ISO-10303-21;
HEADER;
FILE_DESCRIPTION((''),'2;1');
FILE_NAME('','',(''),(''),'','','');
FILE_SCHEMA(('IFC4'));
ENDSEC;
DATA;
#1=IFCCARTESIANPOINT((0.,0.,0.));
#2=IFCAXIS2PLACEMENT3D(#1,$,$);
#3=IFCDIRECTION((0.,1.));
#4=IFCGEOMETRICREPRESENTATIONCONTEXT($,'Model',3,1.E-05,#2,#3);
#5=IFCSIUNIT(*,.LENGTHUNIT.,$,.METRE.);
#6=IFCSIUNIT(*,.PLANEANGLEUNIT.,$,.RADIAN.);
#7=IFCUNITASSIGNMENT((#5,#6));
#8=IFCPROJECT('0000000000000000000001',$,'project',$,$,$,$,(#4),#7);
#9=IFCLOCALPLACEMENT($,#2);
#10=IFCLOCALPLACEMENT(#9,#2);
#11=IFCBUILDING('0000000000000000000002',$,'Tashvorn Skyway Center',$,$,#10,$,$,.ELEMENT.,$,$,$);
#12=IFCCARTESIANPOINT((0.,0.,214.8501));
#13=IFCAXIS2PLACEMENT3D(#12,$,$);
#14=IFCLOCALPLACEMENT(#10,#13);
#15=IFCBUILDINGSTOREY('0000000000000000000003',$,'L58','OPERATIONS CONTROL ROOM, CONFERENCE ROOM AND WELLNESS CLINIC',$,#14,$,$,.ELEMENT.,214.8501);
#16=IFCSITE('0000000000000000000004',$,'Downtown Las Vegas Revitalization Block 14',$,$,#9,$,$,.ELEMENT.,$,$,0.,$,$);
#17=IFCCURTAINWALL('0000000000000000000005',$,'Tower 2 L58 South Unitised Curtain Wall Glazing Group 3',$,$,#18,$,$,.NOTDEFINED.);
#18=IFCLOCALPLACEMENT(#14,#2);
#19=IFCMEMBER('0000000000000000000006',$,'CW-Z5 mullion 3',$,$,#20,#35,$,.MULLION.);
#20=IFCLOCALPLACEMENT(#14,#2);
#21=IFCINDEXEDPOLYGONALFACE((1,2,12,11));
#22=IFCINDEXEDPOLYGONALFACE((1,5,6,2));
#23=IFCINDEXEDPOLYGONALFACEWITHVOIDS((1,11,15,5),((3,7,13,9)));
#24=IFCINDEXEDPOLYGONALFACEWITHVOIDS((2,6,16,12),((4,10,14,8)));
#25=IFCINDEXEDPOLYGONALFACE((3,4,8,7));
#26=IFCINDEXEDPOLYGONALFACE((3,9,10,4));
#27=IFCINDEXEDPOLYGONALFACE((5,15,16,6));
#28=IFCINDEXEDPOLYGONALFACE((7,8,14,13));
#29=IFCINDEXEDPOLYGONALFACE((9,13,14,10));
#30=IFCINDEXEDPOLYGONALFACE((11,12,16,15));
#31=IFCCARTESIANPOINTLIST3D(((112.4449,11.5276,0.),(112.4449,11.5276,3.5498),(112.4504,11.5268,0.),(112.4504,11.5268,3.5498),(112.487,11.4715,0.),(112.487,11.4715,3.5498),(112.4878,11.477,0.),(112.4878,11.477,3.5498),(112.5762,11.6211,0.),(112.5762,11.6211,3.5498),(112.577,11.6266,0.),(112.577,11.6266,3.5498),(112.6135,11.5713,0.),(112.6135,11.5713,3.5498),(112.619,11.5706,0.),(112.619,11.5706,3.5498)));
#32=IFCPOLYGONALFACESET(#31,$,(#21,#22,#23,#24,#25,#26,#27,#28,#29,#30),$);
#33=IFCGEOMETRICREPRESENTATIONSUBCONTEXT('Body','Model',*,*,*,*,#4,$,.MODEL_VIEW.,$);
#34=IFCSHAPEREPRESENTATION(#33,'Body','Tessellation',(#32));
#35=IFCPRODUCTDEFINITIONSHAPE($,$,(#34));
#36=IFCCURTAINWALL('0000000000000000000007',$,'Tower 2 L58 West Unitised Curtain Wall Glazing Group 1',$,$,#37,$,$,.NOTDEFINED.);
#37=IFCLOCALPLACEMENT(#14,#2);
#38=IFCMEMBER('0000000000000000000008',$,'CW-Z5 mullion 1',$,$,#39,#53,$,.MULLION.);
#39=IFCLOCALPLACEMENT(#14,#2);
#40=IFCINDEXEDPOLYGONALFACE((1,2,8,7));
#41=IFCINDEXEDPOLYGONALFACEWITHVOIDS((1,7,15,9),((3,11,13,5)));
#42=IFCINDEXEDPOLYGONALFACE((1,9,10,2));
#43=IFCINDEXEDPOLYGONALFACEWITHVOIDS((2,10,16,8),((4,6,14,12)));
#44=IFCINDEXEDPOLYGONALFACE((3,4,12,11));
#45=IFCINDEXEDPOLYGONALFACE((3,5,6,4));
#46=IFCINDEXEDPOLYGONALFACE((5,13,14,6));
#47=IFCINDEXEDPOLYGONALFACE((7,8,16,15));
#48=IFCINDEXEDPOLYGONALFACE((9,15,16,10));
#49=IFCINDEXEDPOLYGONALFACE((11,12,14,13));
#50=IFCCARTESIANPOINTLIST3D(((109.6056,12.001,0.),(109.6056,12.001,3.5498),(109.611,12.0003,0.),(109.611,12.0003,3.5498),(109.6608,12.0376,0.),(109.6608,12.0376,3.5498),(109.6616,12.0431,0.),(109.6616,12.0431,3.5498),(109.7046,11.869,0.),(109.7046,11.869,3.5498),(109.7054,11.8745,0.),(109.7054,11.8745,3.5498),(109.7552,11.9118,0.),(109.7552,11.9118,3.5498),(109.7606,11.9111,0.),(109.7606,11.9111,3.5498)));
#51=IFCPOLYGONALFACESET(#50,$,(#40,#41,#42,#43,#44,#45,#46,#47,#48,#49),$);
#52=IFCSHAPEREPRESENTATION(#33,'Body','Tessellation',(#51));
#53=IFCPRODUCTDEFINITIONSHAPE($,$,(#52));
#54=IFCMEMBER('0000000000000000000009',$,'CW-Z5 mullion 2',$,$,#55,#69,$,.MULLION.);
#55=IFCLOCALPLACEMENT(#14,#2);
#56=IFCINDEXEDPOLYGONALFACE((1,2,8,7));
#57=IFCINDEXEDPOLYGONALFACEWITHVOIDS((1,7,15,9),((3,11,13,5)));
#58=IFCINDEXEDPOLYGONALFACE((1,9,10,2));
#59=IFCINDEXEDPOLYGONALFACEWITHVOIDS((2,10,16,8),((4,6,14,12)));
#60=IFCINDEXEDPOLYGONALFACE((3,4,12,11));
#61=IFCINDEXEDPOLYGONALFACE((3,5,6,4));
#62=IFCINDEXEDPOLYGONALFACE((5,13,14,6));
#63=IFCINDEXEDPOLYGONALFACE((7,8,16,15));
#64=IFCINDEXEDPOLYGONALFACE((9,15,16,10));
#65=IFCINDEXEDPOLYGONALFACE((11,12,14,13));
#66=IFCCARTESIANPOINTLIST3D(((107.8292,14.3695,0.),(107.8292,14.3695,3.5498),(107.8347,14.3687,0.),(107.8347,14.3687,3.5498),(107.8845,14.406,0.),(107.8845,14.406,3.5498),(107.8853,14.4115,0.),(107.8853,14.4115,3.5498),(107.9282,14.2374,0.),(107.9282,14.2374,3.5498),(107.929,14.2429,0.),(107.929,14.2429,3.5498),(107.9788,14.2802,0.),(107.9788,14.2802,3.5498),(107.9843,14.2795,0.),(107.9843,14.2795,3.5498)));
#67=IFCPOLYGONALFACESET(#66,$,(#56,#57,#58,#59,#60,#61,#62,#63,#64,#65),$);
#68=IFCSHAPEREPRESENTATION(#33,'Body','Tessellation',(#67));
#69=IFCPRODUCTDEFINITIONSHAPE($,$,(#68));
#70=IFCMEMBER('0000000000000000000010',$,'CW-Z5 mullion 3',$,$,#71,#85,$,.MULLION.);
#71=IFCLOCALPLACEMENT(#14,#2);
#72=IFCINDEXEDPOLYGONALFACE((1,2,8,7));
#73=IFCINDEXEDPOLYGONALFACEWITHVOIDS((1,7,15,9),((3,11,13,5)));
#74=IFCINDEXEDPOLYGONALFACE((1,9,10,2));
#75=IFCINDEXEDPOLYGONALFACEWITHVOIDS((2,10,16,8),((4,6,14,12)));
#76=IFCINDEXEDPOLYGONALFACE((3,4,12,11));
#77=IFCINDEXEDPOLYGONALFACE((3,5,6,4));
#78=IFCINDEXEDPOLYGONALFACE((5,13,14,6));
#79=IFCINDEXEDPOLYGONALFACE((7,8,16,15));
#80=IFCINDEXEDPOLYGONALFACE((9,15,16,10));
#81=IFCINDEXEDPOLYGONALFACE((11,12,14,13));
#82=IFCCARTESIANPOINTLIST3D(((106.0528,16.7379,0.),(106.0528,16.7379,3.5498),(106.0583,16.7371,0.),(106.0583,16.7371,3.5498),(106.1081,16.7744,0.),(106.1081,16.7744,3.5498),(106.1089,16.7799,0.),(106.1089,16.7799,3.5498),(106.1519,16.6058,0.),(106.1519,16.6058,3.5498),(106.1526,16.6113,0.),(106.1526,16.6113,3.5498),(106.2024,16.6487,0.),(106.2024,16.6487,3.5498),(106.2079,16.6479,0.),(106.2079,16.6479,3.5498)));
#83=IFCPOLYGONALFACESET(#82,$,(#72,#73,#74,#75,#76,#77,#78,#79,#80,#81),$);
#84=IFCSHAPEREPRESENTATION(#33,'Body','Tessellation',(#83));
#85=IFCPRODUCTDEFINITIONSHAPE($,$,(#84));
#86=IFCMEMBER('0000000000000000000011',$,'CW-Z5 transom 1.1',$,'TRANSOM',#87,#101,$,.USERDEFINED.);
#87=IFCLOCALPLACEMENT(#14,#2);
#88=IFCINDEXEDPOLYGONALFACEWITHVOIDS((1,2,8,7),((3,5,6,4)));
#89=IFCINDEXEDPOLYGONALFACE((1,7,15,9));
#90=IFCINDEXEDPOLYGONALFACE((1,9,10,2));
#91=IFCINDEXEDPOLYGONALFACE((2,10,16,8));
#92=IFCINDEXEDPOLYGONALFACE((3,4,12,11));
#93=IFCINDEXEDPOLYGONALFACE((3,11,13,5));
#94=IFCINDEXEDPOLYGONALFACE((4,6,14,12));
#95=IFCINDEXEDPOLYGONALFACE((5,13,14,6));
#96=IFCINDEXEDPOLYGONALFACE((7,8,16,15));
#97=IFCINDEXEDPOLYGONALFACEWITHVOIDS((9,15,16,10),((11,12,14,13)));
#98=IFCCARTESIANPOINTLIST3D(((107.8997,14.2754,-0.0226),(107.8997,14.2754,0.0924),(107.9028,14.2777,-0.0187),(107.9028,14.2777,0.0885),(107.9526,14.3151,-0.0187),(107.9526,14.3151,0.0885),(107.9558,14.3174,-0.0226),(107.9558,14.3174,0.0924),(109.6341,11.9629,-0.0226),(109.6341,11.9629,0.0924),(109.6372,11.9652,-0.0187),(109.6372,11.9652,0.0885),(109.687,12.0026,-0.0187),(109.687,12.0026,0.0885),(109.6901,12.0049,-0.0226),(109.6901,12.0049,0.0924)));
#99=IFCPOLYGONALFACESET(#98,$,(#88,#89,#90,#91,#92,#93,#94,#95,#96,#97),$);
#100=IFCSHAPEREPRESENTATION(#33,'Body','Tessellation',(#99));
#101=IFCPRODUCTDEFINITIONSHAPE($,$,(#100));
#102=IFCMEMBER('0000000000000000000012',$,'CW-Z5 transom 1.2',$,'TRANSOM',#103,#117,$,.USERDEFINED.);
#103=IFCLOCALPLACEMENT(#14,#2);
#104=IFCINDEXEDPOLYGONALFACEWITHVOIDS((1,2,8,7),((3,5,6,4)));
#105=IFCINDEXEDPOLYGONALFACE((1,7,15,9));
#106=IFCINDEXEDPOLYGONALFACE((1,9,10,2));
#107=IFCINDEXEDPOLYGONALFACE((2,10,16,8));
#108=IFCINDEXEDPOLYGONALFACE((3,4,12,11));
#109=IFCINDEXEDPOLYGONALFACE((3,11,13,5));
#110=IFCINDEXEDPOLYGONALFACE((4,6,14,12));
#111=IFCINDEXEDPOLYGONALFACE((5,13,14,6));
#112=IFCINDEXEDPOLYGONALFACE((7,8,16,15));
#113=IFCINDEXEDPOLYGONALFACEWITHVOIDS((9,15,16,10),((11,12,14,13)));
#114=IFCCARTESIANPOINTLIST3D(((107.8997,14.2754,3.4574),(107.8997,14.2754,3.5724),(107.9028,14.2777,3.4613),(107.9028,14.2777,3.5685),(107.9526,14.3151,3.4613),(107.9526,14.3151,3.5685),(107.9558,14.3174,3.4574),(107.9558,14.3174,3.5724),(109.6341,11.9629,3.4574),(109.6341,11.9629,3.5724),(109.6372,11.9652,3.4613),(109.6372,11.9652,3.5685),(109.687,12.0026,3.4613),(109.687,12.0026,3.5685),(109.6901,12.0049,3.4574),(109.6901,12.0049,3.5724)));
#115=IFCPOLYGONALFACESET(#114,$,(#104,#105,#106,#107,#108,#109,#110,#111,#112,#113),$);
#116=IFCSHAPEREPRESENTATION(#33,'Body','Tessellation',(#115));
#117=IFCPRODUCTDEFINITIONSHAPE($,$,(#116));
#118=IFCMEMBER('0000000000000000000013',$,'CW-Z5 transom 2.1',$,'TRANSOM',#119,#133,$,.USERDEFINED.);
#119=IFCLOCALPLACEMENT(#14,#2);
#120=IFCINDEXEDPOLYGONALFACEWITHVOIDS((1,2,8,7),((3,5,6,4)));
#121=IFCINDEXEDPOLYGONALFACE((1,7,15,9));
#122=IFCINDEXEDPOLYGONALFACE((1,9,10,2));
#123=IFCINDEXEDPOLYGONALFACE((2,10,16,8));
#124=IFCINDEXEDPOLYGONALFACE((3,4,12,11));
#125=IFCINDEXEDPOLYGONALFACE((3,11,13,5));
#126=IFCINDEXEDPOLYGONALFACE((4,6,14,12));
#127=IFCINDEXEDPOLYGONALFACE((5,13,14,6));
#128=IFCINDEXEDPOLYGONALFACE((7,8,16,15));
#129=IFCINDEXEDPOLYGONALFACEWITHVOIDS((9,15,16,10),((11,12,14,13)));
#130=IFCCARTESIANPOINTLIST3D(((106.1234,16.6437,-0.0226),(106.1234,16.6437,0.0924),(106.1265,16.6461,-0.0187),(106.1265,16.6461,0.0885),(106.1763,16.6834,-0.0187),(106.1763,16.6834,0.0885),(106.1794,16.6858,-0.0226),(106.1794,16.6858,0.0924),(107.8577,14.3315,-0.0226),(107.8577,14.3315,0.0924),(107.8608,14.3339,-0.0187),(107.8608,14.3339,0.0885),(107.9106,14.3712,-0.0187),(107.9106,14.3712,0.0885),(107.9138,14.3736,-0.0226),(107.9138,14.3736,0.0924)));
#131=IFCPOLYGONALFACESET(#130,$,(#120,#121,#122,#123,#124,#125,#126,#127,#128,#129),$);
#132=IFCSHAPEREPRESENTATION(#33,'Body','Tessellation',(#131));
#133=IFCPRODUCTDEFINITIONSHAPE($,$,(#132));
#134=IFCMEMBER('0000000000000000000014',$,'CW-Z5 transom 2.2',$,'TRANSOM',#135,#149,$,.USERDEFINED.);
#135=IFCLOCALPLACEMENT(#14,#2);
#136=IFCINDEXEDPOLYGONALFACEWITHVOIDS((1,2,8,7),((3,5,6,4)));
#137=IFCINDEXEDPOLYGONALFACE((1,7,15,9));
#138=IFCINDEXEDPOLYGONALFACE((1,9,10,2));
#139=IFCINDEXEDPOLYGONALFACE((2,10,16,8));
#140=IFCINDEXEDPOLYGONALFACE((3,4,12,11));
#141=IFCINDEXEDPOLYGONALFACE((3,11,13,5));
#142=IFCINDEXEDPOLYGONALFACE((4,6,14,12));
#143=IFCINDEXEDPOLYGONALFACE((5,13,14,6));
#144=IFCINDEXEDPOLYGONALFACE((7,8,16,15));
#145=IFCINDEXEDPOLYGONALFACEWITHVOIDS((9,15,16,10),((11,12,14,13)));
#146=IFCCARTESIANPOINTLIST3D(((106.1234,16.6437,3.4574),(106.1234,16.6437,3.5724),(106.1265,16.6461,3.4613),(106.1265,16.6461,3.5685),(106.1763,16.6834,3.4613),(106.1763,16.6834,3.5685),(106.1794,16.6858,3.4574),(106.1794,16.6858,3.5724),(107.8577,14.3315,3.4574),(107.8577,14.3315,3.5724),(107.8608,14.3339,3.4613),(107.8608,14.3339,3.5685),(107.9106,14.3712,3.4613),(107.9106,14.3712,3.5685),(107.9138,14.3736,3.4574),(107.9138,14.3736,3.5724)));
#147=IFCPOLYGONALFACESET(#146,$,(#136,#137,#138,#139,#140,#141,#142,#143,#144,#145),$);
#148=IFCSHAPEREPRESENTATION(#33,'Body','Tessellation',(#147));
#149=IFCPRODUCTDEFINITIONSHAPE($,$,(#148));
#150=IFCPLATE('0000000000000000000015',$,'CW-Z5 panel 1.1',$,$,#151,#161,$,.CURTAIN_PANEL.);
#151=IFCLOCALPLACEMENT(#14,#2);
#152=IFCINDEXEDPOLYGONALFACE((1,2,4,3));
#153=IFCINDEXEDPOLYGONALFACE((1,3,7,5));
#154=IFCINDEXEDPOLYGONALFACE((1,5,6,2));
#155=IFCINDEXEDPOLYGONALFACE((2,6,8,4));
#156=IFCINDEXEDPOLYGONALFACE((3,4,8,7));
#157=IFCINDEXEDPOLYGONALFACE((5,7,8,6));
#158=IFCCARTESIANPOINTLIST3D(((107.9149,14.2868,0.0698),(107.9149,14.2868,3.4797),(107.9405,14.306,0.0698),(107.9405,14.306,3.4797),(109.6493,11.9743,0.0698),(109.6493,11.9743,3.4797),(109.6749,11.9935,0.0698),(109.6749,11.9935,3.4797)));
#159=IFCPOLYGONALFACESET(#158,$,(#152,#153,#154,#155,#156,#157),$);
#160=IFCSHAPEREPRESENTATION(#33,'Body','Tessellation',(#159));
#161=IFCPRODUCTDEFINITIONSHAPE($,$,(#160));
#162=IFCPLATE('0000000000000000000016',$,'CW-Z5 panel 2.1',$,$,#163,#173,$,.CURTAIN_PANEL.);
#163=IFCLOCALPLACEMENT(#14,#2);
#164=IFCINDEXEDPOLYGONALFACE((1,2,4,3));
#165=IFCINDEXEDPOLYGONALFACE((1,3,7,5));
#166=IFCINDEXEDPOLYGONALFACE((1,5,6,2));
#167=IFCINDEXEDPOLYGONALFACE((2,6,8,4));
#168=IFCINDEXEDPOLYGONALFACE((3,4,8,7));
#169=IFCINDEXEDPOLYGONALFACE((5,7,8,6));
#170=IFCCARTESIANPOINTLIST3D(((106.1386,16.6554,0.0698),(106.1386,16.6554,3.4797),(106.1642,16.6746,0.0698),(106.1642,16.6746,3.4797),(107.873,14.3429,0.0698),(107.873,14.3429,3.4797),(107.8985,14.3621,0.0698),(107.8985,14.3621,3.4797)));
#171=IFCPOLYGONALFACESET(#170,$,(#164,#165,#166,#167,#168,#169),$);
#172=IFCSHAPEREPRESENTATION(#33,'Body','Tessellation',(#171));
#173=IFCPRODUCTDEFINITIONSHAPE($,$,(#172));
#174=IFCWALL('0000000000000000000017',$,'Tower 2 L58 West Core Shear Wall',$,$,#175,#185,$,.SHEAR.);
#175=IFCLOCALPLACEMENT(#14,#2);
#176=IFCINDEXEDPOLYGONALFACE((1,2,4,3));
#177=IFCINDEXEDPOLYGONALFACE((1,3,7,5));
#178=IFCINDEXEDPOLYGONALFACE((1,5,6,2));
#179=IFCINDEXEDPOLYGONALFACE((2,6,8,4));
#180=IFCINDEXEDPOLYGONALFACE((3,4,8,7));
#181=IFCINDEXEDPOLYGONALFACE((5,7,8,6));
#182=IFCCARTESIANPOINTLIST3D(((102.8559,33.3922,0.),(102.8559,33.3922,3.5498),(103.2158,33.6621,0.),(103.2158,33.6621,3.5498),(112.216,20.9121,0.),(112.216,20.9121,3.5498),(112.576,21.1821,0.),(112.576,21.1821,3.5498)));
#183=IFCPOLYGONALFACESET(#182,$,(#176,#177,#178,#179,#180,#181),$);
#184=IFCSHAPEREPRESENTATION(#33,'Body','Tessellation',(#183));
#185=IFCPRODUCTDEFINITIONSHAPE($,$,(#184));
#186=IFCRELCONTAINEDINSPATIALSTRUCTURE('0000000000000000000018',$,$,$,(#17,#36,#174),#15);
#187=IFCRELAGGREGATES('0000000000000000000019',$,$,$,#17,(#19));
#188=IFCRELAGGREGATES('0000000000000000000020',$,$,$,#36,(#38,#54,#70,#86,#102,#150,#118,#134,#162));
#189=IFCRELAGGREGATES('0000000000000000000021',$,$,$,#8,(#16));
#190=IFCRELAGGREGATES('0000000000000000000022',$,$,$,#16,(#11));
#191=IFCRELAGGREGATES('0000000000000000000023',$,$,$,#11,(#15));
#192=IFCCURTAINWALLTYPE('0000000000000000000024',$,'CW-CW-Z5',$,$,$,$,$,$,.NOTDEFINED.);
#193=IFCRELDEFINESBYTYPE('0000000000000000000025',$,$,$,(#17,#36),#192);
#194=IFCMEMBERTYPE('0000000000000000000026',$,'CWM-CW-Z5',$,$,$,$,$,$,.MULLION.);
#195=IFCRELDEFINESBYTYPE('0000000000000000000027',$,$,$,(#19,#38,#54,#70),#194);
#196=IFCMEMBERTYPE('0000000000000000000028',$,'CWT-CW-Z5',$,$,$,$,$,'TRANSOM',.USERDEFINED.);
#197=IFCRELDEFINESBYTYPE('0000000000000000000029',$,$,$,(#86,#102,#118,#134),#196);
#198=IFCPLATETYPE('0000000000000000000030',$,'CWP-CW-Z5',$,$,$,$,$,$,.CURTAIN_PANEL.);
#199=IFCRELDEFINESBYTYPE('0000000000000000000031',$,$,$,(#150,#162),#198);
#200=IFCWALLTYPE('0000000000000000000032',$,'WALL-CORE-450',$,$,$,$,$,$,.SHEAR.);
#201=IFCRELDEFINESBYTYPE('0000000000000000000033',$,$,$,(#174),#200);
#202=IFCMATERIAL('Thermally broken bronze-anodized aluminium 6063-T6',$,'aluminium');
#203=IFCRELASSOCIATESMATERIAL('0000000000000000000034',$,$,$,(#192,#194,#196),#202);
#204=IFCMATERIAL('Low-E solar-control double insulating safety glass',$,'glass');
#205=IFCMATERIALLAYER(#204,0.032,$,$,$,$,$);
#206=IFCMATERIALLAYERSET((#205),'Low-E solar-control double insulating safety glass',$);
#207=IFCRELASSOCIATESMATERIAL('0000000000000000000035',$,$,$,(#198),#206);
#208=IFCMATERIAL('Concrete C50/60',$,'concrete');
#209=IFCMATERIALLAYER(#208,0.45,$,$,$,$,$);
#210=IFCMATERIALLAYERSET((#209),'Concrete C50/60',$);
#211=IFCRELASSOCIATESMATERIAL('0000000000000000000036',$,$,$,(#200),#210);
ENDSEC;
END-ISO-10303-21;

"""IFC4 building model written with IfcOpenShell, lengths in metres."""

from ifc_helpers import new_model, si_unit, direction, frame, frame_2d, origin, origin_2d, place, context, subcontext, project, spatial, rectangle, hollow_rectangle, extrude, material, layer, layer_set, material_profile, profile_set, type_object, element, aggregate, save


model = new_model("IFC4")

# Units and contexts
model_context = context("Model", 3, precision=1e-05, world=origin(), true_north=direction((0.0, 1.0)))
body_context = subcontext(model_context, "Body", "Model", "MODEL_VIEW")
ifc_project = project(units=[si_unit("LENGTHUNIT", "METRE"), si_unit("PLANEANGLEUNIT", "RADIAN")], contexts=[model_context])

# Site, building, storey
site_placement = place(None, origin())
site = spatial("IfcSite", under=ifc_project, at=site_placement, Name="Downtown Las Vegas Revitalization Block 14", CompositionType="ELEMENT", RefElevation=0.0)
building_placement = place(site_placement, origin())
building = spatial("IfcBuilding", under=site, at=building_placement, Name="Tashvorn Skyway Center", CompositionType="ELEMENT")
storey_placement = place(building_placement, frame((0.0, 0.0, 214.8501)))
storey = spatial("IfcBuildingStorey", under=building, at=storey_placement, Name="L58", Description="OPERATIONS CONTROL ROOM, CONFERENCE ROOM AND WELLNESS CLINIC", CompositionType="ELEMENT", Elevation=214.8501)

# Shared definitions
ifc_material_1 = material(Name="Concrete C50/60", Category="concrete")

# Curtain wall, member
ifc_material_2 = material(Name="Thermally broken bronze-anodized aluminium 6063-T6", Category="aluminium")
curtain_wall_type = type_object("IfcCurtainWallType", Name="CW-CW-Z5", PredefinedType="NOTDEFINED", material=ifc_material_2)
curtain_wall_1_placement = place(storey_placement, origin())
curtain_wall_1 = element("IfcCurtainWall", 1, at=curtain_wall_1_placement, inside=storey, type_object=curtain_wall_type, Name="Tower 2 L58 South Unitised Curtain Wall Glazing Group 3", PredefinedType="NOTDEFINED")
ifc_material_profile_1 = material_profile(ifc_material_2, hollow_rectangle(XDim=0.0701, YDim=0.165, WallThickness=0.0039, at=origin_2d()), Name="ALU-MULL-70x165")
ifc_profile_set_1 = profile_set([ifc_material_profile_1], Name="Thermally broken bronze-anodized aluminium 6063-T6")
member_type_1 = type_object("IfcMemberType", Name="CWM-CW-Z5", PredefinedType="MULLION", material=ifc_profile_set_1)
member_1_placement = place(storey_placement, frame((112.532, 11.5491, 0.0), z_axis=(0.0, 0.0, 1.0), x_axis=(0.600003, -0.799998, 0.0)))
member_1 = element("IfcMember", 2, at=member_1_placement, type_object=member_type_1, Name="CW-Z5 mullion 3", PredefinedType="MULLION", context=body_context, shape_type="SweptSolid", body=[
    extrude(hollow_rectangle(XDim=0.0701, YDim=0.165, WallThickness=0.0039, at=origin_2d()), origin(), (0.0, 0.0, 1.0), 3.5498),
])
aggregate(curtain_wall_1, [member_1])

# Curtain wall, members, plates
curtain_wall_2_placement = place(storey_placement, origin())
curtain_wall_2 = element("IfcCurtainWall", 3, at=curtain_wall_2_placement, inside=storey, type_object=curtain_wall_type, Name="Tower 2 L58 West Unitised Curtain Wall Glazing Group 1", PredefinedType="NOTDEFINED")
member_2_placement = place(storey_placement, frame((109.6831, 11.9561, 0.0), z_axis=(0.0, 0.0, 1.0), x_axis=(-0.799998, -0.600003, 0.0)))
member_2 = element("IfcMember", 4, at=member_2_placement, type_object=member_type_1, Name="CW-Z5 mullion 1", PredefinedType="MULLION", context=body_context, shape_type="SweptSolid", body=[
    extrude(hollow_rectangle(XDim=0.0701, YDim=0.165, WallThickness=0.0039, at=origin_2d()), origin(), (0.0, 0.0, 1.0), 3.5498),
])
member_3_placement = place(storey_placement, frame((107.9067, 14.3245, 0.0), z_axis=(0.0, 0.0, 1.0), x_axis=(-0.799998, -0.600003, 0.0)))
member_3 = element("IfcMember", 5, at=member_3_placement, type_object=member_type_1, Name="CW-Z5 mullion 2", PredefinedType="MULLION", context=body_context, shape_type="SweptSolid", body=[
    extrude(hollow_rectangle(XDim=0.0701, YDim=0.165, WallThickness=0.0039, at=origin_2d()), origin(), (0.0, 0.0, 1.0), 3.5498),
])
member_4_placement = place(storey_placement, frame((106.1304, 16.6929, 0.0), z_axis=(0.0, 0.0, 1.0), x_axis=(-0.799998, -0.600003, 0.0)))
member_4 = element("IfcMember", 6, at=member_4_placement, type_object=member_type_1, Name="CW-Z5 mullion 3", PredefinedType="MULLION", context=body_context, shape_type="SweptSolid", body=[
    extrude(hollow_rectangle(XDim=0.0701, YDim=0.165, WallThickness=0.0039, at=origin_2d()), origin(), (0.0, 0.0, 1.0), 3.5498),
])
ifc_material_profile_2 = material_profile(ifc_material_2, hollow_rectangle(XDim=0.0701, YDim=0.115, WallThickness=0.0039, at=origin_2d()), Name="ALU-TRAN-70x115")
ifc_profile_set_2 = profile_set([ifc_material_profile_2], Name="Thermally broken bronze-anodized aluminium 6063-T6")
member_type_2 = type_object("IfcMemberType", Name="CWT-CW-Z5", ElementType="TRANSOM", PredefinedType="USERDEFINED", material=ifc_profile_set_2)
member_5_placement = place(storey_placement, frame((109.6621, 11.9839, 0.0349), z_axis=(-0.6, 0.8, 0.0), x_axis=(-0.8, -0.6, 0.0)))
member_5 = element("IfcMember", 7, at=member_5_placement, type_object=member_type_2, Name="CW-Z5 transom 1.1", ObjectType="TRANSOM", PredefinedType="USERDEFINED", context=body_context, shape_type="SweptSolid", body=[
    extrude(hollow_rectangle(XDim=0.0701, YDim=0.115, WallThickness=0.0039, at=origin_2d()), origin(), (0.0, 0.0, 1.0), 2.8906),
])
member_6_placement = place(storey_placement, frame((109.6621, 11.9839, 3.5149), z_axis=(-0.6, 0.8, 0.0), x_axis=(-0.8, -0.6, 0.0)))
member_6 = element("IfcMember", 8, at=member_6_placement, type_object=member_type_2, Name="CW-Z5 transom 1.2", ObjectType="TRANSOM", PredefinedType="USERDEFINED", context=body_context, shape_type="SweptSolid", body=[
    extrude(hollow_rectangle(XDim=0.0701, YDim=0.115, WallThickness=0.0039, at=origin_2d()), origin(), (0.0, 0.0, 1.0), 2.8906),
])
member_7_placement = place(storey_placement, frame((107.8857, 14.3525, 0.0349), z_axis=(-0.600041, 0.79997, 0.0), x_axis=(-0.79997, -0.600041, 0.0)))
member_7 = element("IfcMember", 9, at=member_7_placement, type_object=member_type_2, Name="CW-Z5 transom 2.1", ObjectType="TRANSOM", PredefinedType="USERDEFINED", context=body_context, shape_type="SweptSolid", body=[
    extrude(hollow_rectangle(XDim=0.0701, YDim=0.115, WallThickness=0.0039, at=origin_2d()), origin(), (0.0, 0.0, 1.0), 2.8904),
])
member_8_placement = place(storey_placement, frame((107.8857, 14.3525, 3.5149), z_axis=(-0.600041, 0.79997, 0.0), x_axis=(-0.79997, -0.600041, 0.0)))
member_8 = element("IfcMember", 10, at=member_8_placement, type_object=member_type_2, Name="CW-Z5 transom 2.2", ObjectType="TRANSOM", PredefinedType="USERDEFINED", context=body_context, shape_type="SweptSolid", body=[
    extrude(hollow_rectangle(XDim=0.0701, YDim=0.115, WallThickness=0.0039, at=origin_2d()), origin(), (0.0, 0.0, 1.0), 2.8904),
])
ifc_material_3 = material(Name="Low-E solar-control double insulating safety glass", Category="glass")
ifc_layer_1 = layer(ifc_material_3, 0.032)
ifc_layer_set_1 = layer_set([ifc_layer_1], Name="Low-E solar-control double insulating safety glass")
plate_type = type_object("IfcPlateType", Name="CWP-CW-Z5", PredefinedType="CURTAIN_PANEL", material=ifc_layer_set_1)
plate_1_placement = place(storey_placement, frame((108.7949, 13.1401, 0.0698), z_axis=(0.0, 0.0, 1.0), x_axis=(-0.600003, 0.799998, 0.0)))
plate_1 = element("IfcPlate", 11, at=plate_1_placement, type_object=plate_type, Name="CW-Z5 panel 1.1", PredefinedType="CURTAIN_PANEL", context=body_context, shape_type="SweptSolid", body=[
    extrude(rectangle(XDim=2.8906, YDim=0.032, at=origin_2d()), origin(), (0.0, 0.0, 1.0), 3.4099),
])
plate_2_placement = place(storey_placement, frame((107.0186, 15.5088, 0.0698), z_axis=(0.0, 0.0, 1.0), x_axis=(-0.600003, 0.799998, 0.0)))
plate_2 = element("IfcPlate", 12, at=plate_2_placement, type_object=plate_type, Name="CW-Z5 panel 2.1", PredefinedType="CURTAIN_PANEL", context=body_context, shape_type="SweptSolid", body=[
    extrude(rectangle(XDim=2.8906, YDim=0.032, at=origin_2d()), origin(), (0.0, 0.0, 1.0), 3.4099),
])
aggregate(curtain_wall_2, [member_2, member_3, member_4, member_5, member_6, plate_1, member_7, member_8, plate_2])

# Wall
ifc_layer_2 = layer(ifc_material_1, 0.45)
ifc_layer_set_2 = layer_set([ifc_layer_2], Name="Concrete C50/60")
wall_type_1 = type_object("IfcWallType", Name="WALL-CORE-450", PredefinedType="SHEAR", material=ifc_layer_set_2)
wall_1_placement = place(storey_placement, frame((112.396, 21.0471, 0.0), z_axis=(0.0, 0.0, 1.0), x_axis=(-0.600005, 0.799996, 0.0)))
element("IfcWall", 13, at=wall_1_placement, inside=storey, type_object=wall_type_1, Name="Tower 2 L58 West Core Shear Wall", PredefinedType="SHEAR", context=body_context, shape_type="SweptSolid", body=[
    extrude(rectangle(XDim=15.6001, YDim=0.45, at=frame_2d((7.8, 0.0))), origin(), (0.0, 0.0, 1.0), 3.5498),
])

save(model, "model.ifc")
